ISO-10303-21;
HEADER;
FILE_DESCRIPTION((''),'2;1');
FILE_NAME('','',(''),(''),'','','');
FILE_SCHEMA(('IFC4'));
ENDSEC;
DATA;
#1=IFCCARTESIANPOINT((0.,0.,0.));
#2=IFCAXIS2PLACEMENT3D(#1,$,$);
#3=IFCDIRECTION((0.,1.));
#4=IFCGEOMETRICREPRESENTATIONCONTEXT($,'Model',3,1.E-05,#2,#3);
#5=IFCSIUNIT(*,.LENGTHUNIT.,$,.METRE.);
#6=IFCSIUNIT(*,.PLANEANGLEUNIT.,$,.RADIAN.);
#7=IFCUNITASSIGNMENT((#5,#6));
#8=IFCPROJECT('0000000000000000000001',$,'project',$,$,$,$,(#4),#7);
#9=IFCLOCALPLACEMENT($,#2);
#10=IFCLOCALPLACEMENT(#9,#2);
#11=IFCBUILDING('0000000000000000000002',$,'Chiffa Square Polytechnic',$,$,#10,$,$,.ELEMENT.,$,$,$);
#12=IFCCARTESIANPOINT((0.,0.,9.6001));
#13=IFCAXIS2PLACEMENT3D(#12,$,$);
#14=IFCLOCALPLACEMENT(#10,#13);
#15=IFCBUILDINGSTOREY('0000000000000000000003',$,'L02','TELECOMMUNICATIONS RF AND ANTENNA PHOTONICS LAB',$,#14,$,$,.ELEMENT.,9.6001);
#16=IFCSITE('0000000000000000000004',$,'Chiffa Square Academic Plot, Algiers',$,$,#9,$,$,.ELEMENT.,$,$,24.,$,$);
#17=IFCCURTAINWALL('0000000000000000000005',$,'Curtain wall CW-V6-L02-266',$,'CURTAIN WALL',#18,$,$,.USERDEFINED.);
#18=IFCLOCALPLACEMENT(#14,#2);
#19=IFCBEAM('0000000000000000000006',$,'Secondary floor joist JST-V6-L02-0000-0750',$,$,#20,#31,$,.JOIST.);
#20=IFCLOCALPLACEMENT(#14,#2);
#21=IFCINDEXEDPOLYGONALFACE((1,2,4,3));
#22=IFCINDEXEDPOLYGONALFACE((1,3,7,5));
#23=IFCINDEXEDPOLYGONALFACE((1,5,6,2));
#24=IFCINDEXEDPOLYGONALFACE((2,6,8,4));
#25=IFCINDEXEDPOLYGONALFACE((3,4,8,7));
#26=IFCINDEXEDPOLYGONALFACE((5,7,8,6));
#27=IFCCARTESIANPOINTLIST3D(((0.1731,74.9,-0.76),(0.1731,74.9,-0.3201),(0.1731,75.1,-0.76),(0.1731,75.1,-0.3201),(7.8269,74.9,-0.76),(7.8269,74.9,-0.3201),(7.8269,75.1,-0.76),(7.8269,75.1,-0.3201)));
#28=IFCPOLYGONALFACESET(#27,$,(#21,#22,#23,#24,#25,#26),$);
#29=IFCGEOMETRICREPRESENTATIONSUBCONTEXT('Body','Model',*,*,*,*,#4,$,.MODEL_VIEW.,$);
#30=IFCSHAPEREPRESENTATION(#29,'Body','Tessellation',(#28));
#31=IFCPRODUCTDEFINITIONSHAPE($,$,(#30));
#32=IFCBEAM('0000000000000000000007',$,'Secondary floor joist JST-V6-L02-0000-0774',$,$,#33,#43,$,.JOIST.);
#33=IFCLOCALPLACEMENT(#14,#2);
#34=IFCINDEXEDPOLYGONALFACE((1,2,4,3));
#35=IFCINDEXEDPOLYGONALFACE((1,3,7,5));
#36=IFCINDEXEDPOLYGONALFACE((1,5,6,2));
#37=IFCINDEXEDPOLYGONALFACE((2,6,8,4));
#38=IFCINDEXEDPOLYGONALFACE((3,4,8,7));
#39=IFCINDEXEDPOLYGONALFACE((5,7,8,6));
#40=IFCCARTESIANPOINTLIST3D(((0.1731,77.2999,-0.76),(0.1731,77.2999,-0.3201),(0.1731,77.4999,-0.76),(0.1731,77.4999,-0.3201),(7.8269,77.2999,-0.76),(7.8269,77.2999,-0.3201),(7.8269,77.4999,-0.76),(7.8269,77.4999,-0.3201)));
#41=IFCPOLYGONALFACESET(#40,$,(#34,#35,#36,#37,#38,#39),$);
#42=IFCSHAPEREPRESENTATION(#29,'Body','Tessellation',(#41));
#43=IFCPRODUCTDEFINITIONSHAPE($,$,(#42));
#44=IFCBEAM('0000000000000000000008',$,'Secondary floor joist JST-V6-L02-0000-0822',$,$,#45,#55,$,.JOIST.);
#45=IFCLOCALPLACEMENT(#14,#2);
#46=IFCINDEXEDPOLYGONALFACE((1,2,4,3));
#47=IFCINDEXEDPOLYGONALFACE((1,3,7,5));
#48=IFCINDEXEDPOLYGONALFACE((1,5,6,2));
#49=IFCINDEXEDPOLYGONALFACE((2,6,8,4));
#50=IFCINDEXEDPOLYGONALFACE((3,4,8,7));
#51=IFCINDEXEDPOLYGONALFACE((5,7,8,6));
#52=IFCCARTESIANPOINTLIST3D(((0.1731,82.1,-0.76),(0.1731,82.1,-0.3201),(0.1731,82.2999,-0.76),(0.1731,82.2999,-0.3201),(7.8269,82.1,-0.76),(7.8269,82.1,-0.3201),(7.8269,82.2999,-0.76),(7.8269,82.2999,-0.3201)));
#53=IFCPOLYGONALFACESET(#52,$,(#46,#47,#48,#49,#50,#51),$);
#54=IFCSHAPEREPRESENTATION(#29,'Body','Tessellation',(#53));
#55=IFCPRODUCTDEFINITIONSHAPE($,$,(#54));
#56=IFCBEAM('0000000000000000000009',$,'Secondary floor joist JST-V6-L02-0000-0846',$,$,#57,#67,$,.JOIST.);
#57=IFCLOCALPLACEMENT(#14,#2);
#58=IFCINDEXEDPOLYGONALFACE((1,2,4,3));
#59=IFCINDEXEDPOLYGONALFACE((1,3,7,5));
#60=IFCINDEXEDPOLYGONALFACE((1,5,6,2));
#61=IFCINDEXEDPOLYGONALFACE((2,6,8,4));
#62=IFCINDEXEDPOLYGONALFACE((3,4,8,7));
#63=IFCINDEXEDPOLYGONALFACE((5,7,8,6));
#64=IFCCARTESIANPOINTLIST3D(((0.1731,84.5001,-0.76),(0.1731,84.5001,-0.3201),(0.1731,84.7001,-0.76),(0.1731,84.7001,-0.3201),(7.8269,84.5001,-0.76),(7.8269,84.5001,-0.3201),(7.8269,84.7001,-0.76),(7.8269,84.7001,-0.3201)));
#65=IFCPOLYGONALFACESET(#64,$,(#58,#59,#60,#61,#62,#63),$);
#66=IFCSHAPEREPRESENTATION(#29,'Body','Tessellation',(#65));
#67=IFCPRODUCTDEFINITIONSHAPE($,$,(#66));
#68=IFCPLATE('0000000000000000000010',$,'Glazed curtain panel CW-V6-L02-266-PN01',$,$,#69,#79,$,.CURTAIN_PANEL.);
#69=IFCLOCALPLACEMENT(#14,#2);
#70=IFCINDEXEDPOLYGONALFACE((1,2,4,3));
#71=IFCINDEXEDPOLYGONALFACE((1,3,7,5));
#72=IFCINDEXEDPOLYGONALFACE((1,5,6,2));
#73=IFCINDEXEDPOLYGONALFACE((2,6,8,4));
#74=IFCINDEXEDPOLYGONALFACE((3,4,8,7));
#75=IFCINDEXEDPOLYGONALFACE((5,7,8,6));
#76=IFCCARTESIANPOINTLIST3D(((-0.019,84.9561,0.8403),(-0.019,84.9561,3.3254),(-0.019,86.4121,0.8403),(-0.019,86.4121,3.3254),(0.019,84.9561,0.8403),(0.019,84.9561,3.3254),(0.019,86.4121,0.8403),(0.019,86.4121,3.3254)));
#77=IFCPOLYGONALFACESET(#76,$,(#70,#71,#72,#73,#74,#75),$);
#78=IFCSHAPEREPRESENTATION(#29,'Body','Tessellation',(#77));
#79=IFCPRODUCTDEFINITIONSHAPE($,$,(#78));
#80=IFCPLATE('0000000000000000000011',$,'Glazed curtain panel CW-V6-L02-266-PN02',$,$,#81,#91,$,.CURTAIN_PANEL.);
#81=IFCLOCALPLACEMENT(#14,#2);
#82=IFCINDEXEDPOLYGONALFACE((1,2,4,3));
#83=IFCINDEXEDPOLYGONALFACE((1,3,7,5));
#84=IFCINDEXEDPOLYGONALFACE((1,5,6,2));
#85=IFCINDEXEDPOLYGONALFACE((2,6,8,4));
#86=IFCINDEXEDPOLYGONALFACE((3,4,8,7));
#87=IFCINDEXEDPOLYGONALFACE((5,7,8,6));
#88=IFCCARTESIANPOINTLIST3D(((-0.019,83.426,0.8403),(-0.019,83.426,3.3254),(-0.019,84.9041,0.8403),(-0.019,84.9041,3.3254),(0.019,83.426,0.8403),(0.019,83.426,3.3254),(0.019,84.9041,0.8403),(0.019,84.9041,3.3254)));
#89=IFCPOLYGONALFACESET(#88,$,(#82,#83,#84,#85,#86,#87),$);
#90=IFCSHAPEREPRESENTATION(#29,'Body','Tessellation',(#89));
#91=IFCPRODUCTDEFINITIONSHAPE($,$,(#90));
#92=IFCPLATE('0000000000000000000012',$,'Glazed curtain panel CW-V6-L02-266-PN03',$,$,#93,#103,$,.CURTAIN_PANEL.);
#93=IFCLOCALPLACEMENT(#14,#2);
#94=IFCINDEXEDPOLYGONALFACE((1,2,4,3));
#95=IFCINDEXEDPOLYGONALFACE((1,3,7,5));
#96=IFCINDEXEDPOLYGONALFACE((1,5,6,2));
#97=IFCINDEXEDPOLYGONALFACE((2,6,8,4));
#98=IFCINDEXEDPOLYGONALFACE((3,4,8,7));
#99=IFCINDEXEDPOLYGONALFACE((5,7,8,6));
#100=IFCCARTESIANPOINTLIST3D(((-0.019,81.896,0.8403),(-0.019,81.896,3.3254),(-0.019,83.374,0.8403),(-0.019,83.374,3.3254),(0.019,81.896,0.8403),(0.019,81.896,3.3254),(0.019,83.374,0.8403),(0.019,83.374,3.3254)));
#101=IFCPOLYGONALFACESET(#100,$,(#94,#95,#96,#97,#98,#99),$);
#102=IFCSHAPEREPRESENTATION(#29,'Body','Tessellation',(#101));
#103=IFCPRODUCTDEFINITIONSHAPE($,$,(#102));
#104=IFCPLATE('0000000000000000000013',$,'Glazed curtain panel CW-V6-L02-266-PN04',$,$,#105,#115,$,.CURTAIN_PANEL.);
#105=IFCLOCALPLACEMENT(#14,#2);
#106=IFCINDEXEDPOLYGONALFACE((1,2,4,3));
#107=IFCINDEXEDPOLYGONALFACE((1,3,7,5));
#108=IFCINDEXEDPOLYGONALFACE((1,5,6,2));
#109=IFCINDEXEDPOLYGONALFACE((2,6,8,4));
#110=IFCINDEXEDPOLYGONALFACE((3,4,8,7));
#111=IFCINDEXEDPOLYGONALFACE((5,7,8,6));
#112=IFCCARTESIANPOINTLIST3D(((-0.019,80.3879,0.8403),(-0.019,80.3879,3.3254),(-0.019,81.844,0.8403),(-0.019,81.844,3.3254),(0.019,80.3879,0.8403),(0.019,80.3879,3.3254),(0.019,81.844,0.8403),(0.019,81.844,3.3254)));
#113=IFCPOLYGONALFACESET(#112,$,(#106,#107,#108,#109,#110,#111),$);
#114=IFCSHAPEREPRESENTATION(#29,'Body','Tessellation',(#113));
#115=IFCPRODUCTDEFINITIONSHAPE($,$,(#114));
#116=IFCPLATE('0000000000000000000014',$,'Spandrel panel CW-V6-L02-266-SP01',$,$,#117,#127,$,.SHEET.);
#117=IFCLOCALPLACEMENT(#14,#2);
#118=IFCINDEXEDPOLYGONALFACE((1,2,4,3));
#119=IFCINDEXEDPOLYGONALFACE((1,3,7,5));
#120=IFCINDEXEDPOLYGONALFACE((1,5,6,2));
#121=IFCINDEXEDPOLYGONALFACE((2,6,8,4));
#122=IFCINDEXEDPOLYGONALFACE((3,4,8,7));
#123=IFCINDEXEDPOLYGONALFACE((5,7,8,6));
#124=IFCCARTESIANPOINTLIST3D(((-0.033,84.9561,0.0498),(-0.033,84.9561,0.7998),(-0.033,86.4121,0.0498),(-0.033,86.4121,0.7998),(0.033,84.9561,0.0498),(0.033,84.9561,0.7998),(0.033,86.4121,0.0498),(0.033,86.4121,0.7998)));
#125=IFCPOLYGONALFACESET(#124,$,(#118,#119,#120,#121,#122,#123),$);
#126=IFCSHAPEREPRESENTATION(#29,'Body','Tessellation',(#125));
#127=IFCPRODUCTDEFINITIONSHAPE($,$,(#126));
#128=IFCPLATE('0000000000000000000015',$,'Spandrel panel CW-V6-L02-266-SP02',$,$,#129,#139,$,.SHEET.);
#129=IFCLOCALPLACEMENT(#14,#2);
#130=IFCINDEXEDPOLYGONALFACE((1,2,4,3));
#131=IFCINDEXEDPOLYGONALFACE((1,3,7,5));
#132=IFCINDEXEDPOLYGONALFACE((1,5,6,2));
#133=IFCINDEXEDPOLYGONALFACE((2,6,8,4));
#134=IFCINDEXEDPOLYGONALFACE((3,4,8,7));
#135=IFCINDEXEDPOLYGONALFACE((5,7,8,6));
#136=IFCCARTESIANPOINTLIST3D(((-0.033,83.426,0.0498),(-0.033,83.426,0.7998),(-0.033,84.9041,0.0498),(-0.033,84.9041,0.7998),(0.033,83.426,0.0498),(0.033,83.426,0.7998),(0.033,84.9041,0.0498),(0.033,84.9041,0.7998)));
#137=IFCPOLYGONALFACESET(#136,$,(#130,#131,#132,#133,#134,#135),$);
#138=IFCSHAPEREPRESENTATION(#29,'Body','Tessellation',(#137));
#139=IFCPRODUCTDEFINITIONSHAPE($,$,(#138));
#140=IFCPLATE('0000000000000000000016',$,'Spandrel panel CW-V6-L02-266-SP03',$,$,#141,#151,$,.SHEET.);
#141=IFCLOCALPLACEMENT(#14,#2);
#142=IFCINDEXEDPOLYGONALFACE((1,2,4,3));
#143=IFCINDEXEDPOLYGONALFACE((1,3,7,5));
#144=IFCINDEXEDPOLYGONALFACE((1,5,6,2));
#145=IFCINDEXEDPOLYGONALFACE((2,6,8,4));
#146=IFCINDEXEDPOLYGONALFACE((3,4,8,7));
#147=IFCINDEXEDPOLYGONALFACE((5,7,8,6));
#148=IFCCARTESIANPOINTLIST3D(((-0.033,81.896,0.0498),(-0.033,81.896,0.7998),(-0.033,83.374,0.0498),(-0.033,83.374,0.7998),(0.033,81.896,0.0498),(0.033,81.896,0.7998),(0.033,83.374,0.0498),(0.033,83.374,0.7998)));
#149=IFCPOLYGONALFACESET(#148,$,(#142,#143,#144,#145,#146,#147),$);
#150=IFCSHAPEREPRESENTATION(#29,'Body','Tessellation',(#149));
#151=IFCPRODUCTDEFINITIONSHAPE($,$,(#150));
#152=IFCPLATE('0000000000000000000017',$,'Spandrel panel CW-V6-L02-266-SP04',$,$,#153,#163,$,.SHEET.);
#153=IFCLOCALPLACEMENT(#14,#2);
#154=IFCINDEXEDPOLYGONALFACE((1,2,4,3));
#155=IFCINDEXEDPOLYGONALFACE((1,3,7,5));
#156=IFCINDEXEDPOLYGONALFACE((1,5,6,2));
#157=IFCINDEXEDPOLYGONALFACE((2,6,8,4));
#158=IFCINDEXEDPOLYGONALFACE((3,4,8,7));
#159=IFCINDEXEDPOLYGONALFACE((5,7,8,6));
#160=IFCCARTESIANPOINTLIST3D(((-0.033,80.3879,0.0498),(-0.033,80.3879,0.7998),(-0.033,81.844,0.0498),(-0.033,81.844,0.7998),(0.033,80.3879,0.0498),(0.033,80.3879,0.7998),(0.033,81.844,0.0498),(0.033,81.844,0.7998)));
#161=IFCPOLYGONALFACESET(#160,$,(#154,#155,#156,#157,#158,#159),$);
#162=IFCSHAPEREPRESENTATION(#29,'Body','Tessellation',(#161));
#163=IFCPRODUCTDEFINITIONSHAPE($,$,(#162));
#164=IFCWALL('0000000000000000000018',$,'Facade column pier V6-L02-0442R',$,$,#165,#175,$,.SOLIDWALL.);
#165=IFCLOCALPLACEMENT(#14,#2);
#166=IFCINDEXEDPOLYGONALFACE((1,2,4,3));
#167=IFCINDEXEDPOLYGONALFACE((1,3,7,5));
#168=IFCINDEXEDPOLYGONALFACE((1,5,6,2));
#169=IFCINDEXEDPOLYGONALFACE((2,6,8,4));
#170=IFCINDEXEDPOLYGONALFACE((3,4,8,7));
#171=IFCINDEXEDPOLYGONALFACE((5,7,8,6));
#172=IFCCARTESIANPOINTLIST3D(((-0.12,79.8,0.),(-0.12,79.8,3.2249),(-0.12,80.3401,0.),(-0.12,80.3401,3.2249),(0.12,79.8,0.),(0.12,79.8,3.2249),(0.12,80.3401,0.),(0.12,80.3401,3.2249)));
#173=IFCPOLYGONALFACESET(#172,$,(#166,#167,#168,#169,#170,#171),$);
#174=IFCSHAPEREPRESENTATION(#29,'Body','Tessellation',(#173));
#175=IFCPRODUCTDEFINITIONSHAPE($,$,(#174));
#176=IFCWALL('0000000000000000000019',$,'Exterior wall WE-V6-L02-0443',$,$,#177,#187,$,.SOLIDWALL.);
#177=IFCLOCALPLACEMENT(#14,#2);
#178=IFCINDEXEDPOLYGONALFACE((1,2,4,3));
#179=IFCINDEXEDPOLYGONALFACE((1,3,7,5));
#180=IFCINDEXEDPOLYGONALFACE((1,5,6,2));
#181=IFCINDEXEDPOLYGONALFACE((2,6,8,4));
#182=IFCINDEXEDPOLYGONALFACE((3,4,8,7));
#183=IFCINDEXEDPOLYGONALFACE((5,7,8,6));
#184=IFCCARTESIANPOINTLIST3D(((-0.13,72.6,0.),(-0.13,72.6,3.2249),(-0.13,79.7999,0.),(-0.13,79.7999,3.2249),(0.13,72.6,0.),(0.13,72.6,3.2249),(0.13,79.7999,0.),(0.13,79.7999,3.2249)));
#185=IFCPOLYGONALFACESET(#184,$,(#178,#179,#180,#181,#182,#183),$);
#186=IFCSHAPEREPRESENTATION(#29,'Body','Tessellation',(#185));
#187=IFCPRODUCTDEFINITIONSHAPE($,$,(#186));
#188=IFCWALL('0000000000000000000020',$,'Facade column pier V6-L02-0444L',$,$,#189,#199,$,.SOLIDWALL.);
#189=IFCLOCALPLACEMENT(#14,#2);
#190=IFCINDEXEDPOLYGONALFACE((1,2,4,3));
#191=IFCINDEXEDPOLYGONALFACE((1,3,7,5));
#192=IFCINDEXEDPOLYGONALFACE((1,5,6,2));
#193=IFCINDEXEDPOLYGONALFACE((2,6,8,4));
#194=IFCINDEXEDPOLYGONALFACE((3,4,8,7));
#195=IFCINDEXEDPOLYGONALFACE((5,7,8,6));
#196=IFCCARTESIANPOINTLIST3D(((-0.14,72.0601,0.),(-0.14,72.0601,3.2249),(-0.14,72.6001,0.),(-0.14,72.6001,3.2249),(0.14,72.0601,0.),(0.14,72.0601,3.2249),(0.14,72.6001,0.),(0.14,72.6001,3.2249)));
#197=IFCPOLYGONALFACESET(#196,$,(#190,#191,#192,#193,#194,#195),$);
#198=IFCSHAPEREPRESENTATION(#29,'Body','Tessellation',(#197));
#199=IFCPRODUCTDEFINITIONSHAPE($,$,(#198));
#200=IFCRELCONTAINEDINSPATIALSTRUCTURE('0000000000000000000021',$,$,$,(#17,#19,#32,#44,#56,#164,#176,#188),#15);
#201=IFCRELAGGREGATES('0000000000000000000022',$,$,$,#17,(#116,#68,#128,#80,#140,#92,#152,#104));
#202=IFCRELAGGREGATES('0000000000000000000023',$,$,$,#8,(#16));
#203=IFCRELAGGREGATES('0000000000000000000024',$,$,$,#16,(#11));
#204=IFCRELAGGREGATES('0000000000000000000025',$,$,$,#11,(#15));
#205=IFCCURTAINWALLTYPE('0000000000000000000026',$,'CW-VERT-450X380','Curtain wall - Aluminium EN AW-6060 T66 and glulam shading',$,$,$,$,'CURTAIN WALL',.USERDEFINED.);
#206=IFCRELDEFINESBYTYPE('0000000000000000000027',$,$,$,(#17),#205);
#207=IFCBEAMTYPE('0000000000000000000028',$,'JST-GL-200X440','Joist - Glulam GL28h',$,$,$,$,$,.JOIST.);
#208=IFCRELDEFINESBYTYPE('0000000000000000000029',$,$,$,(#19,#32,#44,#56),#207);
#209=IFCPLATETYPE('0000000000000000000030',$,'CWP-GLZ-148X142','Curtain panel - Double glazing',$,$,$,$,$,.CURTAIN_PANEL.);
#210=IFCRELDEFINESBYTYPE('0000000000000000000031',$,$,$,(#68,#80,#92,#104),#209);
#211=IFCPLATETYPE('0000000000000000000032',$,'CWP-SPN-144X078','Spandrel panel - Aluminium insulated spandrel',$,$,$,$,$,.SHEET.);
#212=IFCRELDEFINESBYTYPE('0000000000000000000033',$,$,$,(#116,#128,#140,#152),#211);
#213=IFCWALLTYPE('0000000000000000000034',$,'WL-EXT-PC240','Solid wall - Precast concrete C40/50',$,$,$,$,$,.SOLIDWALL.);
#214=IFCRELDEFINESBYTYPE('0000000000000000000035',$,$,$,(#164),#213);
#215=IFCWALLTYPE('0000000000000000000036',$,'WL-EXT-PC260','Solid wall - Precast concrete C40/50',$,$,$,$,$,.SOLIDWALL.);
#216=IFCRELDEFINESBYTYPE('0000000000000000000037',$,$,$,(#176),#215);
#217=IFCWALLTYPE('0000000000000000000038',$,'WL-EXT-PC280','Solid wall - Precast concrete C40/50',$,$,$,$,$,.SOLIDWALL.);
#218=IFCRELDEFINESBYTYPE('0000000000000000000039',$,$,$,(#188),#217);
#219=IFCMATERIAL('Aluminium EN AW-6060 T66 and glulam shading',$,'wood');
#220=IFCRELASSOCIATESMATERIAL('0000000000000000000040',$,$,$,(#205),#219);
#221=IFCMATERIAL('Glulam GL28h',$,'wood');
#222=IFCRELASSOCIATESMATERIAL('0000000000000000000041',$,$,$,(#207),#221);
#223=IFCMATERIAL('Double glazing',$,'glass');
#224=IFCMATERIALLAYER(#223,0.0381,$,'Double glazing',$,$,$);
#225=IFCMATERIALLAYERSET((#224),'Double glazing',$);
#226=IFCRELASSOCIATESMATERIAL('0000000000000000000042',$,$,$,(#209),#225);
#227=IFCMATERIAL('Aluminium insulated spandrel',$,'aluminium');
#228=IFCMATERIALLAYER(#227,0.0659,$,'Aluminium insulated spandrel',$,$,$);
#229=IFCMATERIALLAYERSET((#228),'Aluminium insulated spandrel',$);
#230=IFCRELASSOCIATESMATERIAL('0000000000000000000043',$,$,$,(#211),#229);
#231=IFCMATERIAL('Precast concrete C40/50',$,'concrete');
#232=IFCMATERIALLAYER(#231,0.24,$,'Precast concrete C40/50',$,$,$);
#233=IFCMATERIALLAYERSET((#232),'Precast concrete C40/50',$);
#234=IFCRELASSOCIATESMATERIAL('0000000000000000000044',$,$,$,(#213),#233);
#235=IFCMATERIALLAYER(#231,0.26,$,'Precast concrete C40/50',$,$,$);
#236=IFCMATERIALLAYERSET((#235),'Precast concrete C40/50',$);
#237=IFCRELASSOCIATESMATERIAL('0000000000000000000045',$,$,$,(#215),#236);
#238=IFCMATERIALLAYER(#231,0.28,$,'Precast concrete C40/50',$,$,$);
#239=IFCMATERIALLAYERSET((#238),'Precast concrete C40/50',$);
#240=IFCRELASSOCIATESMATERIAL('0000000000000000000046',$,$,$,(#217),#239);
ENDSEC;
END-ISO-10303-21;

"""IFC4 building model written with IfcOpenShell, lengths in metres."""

from ifc_helpers import new_model, si_unit, direction, frame, frame_2d, origin, origin_2d, place, context, subcontext, project, spatial, rectangle, extrude, material, layer, layer_set, material_profile, profile_set, type_object, element, aggregate, save


model = new_model("IFC4")

# Units and contexts
model_context = context("Model", 3, precision=1e-05, world=origin(), true_north=direction((0.0, 1.0)))
body_context = subcontext(model_context, "Body", "Model", "MODEL_VIEW")
ifc_project = project(units=[si_unit("LENGTHUNIT", "METRE"), si_unit("PLANEANGLEUNIT", "RADIAN")], contexts=[model_context])

# Site, building, storey
site_placement = place(None, origin())
site = spatial("IfcSite", under=ifc_project, at=site_placement, Name="Chiffa Square Academic Plot, Algiers", CompositionType="ELEMENT", RefElevation=24.0)
building_placement = place(site_placement, origin())
building = spatial("IfcBuilding", under=site, at=building_placement, Name="Chiffa Square Polytechnic", CompositionType="ELEMENT")
storey_placement = place(building_placement, frame((0.0, 0.0, 9.6001)))
storey = spatial("IfcBuildingStorey", under=building, at=storey_placement, Name="L02", Description="TELECOMMUNICATIONS RF AND ANTENNA PHOTONICS LAB", CompositionType="ELEMENT", Elevation=9.6001)

# Curtain wall
ifc_material_1 = material(Name="Aluminium EN AW-6060 T66 and glulam shading", Category="wood")
curtain_wall_type = type_object("IfcCurtainWallType", Name="CW-VERT-450X380", Description="Curtain wall - Aluminium EN AW-6060 T66 and glulam shading", ElementType="CURTAIN WALL", PredefinedType="USERDEFINED", material=ifc_material_1)
curtain_wall_placement = place(storey_placement, origin())
curtain_wall = element("IfcCurtainWall", 1, at=curtain_wall_placement, inside=storey, type_object=curtain_wall_type, Name="Curtain wall CW-V6-L02-266", ObjectType="CURTAIN WALL", PredefinedType="USERDEFINED")
ifc_material_2 = material(Name="Glulam GL28h", Category="wood")

# Beams
ifc_material_profile_1 = material_profile(ifc_material_2, rectangle(XDim=0.2, YDim=0.4399, at=origin_2d()), Name="GL28h 200x440")
ifc_profile_set_1 = profile_set([ifc_material_profile_1], Name="Glulam GL28h")
beam_type_1 = type_object("IfcBeamType", Name="JST-GL-200X440", Description="Joist - Glulam GL28h", PredefinedType="JOIST", material=ifc_profile_set_1)
for number, where, z_axis, x_axis, name in (
    (2, (0.1731, 75.0, -0.54), (1.0, 0.0, 0.0), (0.0, 1.0, 0.0), "Secondary floor joist JST-V6-L02-0000-0750"),
    (3, (0.1731, 77.3999, -0.54), (1.0, 0.0, 0.0), (0.0, 1.0, 0.0), "Secondary floor joist JST-V6-L02-0000-0774"),
    (4, (0.1731, 82.2, -0.54), (1.0, 0.0, 0.0), (0.0, 1.0, 0.0), "Secondary floor joist JST-V6-L02-0000-0822"),
    (5, (0.1731, 84.6001, -0.54), (1.0, 0.0, 0.0), (0.0, 1.0, 0.0), "Secondary floor joist JST-V6-L02-0000-0846"),
):
    element("IfcBeam", number, at=place(storey_placement, frame(where, z_axis=z_axis, x_axis=x_axis)), inside=storey, type_object=beam_type_1, Name=name, PredefinedType="JOIST", context=body_context, shape_type="SweptSolid", body=[
        extrude(rectangle(XDim=0.2, YDim=0.4399, at=origin_2d()), origin(), (0.0, 0.0, 1.0), 7.6538),
    ])

# Plates
ifc_material_3 = material(Name="Double glazing", Category="glass")
ifc_layer_1 = layer(ifc_material_3, 0.0381, Name="Double glazing")
ifc_layer_set_1 = layer_set([ifc_layer_1], Name="Double glazing")
plate_type_1 = type_object("IfcPlateType", Name="CWP-GLZ-148X142", Description="Curtain panel - Double glazing", PredefinedType="CURTAIN_PANEL", material=ifc_layer_set_1)
plate_1_placement = place(storey_placement, frame((0.0, 85.6841, 0.8403), z_axis=(0.0, 0.0, 1.0), x_axis=(0.0, -1.0, 0.0)))
plate_1 = element("IfcPlate", 6, at=plate_1_placement, type_object=plate_type_1, Name="Glazed curtain panel CW-V6-L02-266-PN01", PredefinedType="CURTAIN_PANEL", context=body_context, shape_type="SweptSolid", body=[
    extrude(rectangle(XDim=1.4561, YDim=0.0381, at=origin_2d()), origin(), (0.0, 0.0, 1.0), 2.4851),
])
plate_2_placement = place(storey_placement, frame((0.0, 84.165, 0.8403), z_axis=(0.0, 0.0, 1.0), x_axis=(0.0, -1.0, 0.0)))
plate_2 = element("IfcPlate", 7, at=plate_2_placement, type_object=plate_type_1, Name="Glazed curtain panel CW-V6-L02-266-PN02", PredefinedType="CURTAIN_PANEL", context=body_context, shape_type="SweptSolid", body=[
    extrude(rectangle(XDim=1.478, YDim=0.0381, at=origin_2d()), origin(), (0.0, 0.0, 1.0), 2.4851),
])
plate_3_placement = place(storey_placement, frame((0.0, 82.635, 0.8403), z_axis=(0.0, 0.0, 1.0), x_axis=(0.0, -1.0, 0.0)))
plate_3 = element("IfcPlate", 8, at=plate_3_placement, type_object=plate_type_1, Name="Glazed curtain panel CW-V6-L02-266-PN03", PredefinedType="CURTAIN_PANEL", context=body_context, shape_type="SweptSolid", body=[
    extrude(rectangle(XDim=1.478, YDim=0.0381, at=origin_2d()), origin(), (0.0, 0.0, 1.0), 2.4851),
])
plate_4_placement = place(storey_placement, frame((0.0, 81.116, 0.8403), z_axis=(0.0, 0.0, 1.0), x_axis=(0.0, -1.0, 0.0)))
plate_4 = element("IfcPlate", 9, at=plate_4_placement, type_object=plate_type_1, Name="Glazed curtain panel CW-V6-L02-266-PN04", PredefinedType="CURTAIN_PANEL", context=body_context, shape_type="SweptSolid", body=[
    extrude(rectangle(XDim=1.4561, YDim=0.0381, at=origin_2d()), origin(), (0.0, 0.0, 1.0), 2.4851),
])
ifc_material_4 = material(Name="Aluminium insulated spandrel", Category="aluminium")
ifc_layer_2 = layer(ifc_material_4, 0.0659, Name="Aluminium insulated spandrel")
ifc_layer_set_2 = layer_set([ifc_layer_2], Name="Aluminium insulated spandrel")
plate_type_2 = type_object("IfcPlateType", Name="CWP-SPN-144X078", Description="Spandrel panel - Aluminium insulated spandrel", PredefinedType="SHEET", material=ifc_layer_set_2)
plate_5_placement = place(storey_placement, frame((0.0, 85.6841, 0.0498), z_axis=(0.0, 0.0, 1.0), x_axis=(0.0, -1.0, 0.0)))
plate_5 = element("IfcPlate", 10, at=plate_5_placement, type_object=plate_type_2, Name="Spandrel panel CW-V6-L02-266-SP01", PredefinedType="SHEET", context=body_context, shape_type="SweptSolid", body=[
    extrude(rectangle(XDim=1.4561, YDim=0.0659, at=origin_2d()), origin(), (0.0, 0.0, 1.0), 0.75),
])
plate_6_placement = place(storey_placement, frame((0.0, 84.165, 0.0498), z_axis=(0.0, 0.0, 1.0), x_axis=(0.0, -1.0, 0.0)))
plate_6 = element("IfcPlate", 11, at=plate_6_placement, type_object=plate_type_2, Name="Spandrel panel CW-V6-L02-266-SP02", PredefinedType="SHEET", context=body_context, shape_type="SweptSolid", body=[
    extrude(rectangle(XDim=1.478, YDim=0.0659, at=origin_2d()), origin(), (0.0, 0.0, 1.0), 0.75),
])
plate_7_placement = place(storey_placement, frame((0.0, 82.635, 0.0498), z_axis=(0.0, 0.0, 1.0), x_axis=(0.0, -1.0, 0.0)))
plate_7 = element("IfcPlate", 12, at=plate_7_placement, type_object=plate_type_2, Name="Spandrel panel CW-V6-L02-266-SP03", PredefinedType="SHEET", context=body_context, shape_type="SweptSolid", body=[
    extrude(rectangle(XDim=1.478, YDim=0.0659, at=origin_2d()), origin(), (0.0, 0.0, 1.0), 0.75),
])
plate_8_placement = place(storey_placement, frame((0.0, 81.116, 0.0498), z_axis=(0.0, 0.0, 1.0), x_axis=(0.0, -1.0, 0.0)))
plate_8 = element("IfcPlate", 13, at=plate_8_placement, type_object=plate_type_2, Name="Spandrel panel CW-V6-L02-266-SP04", PredefinedType="SHEET", context=body_context, shape_type="SweptSolid", body=[
    extrude(rectangle(XDim=1.4561, YDim=0.0659, at=origin_2d()), origin(), (0.0, 0.0, 1.0), 0.75),
])
aggregate(curtain_wall, [plate_5, plate_1, plate_6, plate_2, plate_7, plate_3, plate_8, plate_4])

# Walls
ifc_material_5 = material(Name="Precast concrete C40/50", Category="concrete")
ifc_layer_3 = layer(ifc_material_5, 0.24, Name="Precast concrete C40/50")
ifc_layer_set_3 = layer_set([ifc_layer_3], Name="Precast concrete C40/50")
wall_type_1 = type_object("IfcWallType", Name="WL-EXT-PC240", Description="Solid wall - Precast concrete C40/50", PredefinedType="SOLIDWALL", material=ifc_layer_set_3)
wall_1_placement = place(storey_placement, frame((0.0, 80.3401, 0.0), z_axis=(0.0, 0.0, 1.0), x_axis=(0.0, -1.0, 0.0)))
element("IfcWall", 14, at=wall_1_placement, inside=storey, type_object=wall_type_1, Name="Facade column pier V6-L02-0442R", PredefinedType="SOLIDWALL", context=body_context, shape_type="SweptSolid", body=[
    extrude(rectangle(XDim=0.54, YDim=0.24, at=frame_2d((0.27, 0.0))), origin(), (0.0, 0.0, 1.0), 3.2249),
])
ifc_layer_4 = layer(ifc_material_5, 0.26, Name="Precast concrete C40/50")
ifc_layer_set_4 = layer_set([ifc_layer_4], Name="Precast concrete C40/50")
wall_type_2 = type_object("IfcWallType", Name="WL-EXT-PC260", Description="Solid wall - Precast concrete C40/50", PredefinedType="SOLIDWALL", material=ifc_layer_set_4)
wall_2_placement = place(storey_placement, frame((0.0, 79.8, 0.0), z_axis=(0.0, 0.0, 1.0), x_axis=(0.0, -1.0, 0.0)))
element("IfcWall", 15, at=wall_2_placement, inside=storey, type_object=wall_type_2, Name="Exterior wall WE-V6-L02-0443", PredefinedType="SOLIDWALL", context=body_context, shape_type="SweptSolid", body=[
    extrude(rectangle(XDim=7.2, YDim=0.26, at=frame_2d((3.6001, 0.0))), origin(), (0.0, 0.0, 1.0), 3.2249),
])
ifc_layer_5 = layer(ifc_material_5, 0.28, Name="Precast concrete C40/50")
ifc_layer_set_5 = layer_set([ifc_layer_5], Name="Precast concrete C40/50")
wall_type_3 = type_object("IfcWallType", Name="WL-EXT-PC280", Description="Solid wall - Precast concrete C40/50", PredefinedType="SOLIDWALL", material=ifc_layer_set_5)
wall_3_placement = place(storey_placement, frame((0.0, 72.6001, 0.0), z_axis=(0.0, 0.0, 1.0), x_axis=(0.0, -1.0, 0.0)))
element("IfcWall", 16, at=wall_3_placement, inside=storey, type_object=wall_type_3, Name="Facade column pier V6-L02-0444L", PredefinedType="SOLIDWALL", context=body_context, shape_type="SweptSolid", body=[
    extrude(rectangle(XDim=0.54, YDim=0.28, at=frame_2d((0.27, 0.0))), origin(), (0.0, 0.0, 1.0), 3.2249),
])

save(model, "model.ifc")
